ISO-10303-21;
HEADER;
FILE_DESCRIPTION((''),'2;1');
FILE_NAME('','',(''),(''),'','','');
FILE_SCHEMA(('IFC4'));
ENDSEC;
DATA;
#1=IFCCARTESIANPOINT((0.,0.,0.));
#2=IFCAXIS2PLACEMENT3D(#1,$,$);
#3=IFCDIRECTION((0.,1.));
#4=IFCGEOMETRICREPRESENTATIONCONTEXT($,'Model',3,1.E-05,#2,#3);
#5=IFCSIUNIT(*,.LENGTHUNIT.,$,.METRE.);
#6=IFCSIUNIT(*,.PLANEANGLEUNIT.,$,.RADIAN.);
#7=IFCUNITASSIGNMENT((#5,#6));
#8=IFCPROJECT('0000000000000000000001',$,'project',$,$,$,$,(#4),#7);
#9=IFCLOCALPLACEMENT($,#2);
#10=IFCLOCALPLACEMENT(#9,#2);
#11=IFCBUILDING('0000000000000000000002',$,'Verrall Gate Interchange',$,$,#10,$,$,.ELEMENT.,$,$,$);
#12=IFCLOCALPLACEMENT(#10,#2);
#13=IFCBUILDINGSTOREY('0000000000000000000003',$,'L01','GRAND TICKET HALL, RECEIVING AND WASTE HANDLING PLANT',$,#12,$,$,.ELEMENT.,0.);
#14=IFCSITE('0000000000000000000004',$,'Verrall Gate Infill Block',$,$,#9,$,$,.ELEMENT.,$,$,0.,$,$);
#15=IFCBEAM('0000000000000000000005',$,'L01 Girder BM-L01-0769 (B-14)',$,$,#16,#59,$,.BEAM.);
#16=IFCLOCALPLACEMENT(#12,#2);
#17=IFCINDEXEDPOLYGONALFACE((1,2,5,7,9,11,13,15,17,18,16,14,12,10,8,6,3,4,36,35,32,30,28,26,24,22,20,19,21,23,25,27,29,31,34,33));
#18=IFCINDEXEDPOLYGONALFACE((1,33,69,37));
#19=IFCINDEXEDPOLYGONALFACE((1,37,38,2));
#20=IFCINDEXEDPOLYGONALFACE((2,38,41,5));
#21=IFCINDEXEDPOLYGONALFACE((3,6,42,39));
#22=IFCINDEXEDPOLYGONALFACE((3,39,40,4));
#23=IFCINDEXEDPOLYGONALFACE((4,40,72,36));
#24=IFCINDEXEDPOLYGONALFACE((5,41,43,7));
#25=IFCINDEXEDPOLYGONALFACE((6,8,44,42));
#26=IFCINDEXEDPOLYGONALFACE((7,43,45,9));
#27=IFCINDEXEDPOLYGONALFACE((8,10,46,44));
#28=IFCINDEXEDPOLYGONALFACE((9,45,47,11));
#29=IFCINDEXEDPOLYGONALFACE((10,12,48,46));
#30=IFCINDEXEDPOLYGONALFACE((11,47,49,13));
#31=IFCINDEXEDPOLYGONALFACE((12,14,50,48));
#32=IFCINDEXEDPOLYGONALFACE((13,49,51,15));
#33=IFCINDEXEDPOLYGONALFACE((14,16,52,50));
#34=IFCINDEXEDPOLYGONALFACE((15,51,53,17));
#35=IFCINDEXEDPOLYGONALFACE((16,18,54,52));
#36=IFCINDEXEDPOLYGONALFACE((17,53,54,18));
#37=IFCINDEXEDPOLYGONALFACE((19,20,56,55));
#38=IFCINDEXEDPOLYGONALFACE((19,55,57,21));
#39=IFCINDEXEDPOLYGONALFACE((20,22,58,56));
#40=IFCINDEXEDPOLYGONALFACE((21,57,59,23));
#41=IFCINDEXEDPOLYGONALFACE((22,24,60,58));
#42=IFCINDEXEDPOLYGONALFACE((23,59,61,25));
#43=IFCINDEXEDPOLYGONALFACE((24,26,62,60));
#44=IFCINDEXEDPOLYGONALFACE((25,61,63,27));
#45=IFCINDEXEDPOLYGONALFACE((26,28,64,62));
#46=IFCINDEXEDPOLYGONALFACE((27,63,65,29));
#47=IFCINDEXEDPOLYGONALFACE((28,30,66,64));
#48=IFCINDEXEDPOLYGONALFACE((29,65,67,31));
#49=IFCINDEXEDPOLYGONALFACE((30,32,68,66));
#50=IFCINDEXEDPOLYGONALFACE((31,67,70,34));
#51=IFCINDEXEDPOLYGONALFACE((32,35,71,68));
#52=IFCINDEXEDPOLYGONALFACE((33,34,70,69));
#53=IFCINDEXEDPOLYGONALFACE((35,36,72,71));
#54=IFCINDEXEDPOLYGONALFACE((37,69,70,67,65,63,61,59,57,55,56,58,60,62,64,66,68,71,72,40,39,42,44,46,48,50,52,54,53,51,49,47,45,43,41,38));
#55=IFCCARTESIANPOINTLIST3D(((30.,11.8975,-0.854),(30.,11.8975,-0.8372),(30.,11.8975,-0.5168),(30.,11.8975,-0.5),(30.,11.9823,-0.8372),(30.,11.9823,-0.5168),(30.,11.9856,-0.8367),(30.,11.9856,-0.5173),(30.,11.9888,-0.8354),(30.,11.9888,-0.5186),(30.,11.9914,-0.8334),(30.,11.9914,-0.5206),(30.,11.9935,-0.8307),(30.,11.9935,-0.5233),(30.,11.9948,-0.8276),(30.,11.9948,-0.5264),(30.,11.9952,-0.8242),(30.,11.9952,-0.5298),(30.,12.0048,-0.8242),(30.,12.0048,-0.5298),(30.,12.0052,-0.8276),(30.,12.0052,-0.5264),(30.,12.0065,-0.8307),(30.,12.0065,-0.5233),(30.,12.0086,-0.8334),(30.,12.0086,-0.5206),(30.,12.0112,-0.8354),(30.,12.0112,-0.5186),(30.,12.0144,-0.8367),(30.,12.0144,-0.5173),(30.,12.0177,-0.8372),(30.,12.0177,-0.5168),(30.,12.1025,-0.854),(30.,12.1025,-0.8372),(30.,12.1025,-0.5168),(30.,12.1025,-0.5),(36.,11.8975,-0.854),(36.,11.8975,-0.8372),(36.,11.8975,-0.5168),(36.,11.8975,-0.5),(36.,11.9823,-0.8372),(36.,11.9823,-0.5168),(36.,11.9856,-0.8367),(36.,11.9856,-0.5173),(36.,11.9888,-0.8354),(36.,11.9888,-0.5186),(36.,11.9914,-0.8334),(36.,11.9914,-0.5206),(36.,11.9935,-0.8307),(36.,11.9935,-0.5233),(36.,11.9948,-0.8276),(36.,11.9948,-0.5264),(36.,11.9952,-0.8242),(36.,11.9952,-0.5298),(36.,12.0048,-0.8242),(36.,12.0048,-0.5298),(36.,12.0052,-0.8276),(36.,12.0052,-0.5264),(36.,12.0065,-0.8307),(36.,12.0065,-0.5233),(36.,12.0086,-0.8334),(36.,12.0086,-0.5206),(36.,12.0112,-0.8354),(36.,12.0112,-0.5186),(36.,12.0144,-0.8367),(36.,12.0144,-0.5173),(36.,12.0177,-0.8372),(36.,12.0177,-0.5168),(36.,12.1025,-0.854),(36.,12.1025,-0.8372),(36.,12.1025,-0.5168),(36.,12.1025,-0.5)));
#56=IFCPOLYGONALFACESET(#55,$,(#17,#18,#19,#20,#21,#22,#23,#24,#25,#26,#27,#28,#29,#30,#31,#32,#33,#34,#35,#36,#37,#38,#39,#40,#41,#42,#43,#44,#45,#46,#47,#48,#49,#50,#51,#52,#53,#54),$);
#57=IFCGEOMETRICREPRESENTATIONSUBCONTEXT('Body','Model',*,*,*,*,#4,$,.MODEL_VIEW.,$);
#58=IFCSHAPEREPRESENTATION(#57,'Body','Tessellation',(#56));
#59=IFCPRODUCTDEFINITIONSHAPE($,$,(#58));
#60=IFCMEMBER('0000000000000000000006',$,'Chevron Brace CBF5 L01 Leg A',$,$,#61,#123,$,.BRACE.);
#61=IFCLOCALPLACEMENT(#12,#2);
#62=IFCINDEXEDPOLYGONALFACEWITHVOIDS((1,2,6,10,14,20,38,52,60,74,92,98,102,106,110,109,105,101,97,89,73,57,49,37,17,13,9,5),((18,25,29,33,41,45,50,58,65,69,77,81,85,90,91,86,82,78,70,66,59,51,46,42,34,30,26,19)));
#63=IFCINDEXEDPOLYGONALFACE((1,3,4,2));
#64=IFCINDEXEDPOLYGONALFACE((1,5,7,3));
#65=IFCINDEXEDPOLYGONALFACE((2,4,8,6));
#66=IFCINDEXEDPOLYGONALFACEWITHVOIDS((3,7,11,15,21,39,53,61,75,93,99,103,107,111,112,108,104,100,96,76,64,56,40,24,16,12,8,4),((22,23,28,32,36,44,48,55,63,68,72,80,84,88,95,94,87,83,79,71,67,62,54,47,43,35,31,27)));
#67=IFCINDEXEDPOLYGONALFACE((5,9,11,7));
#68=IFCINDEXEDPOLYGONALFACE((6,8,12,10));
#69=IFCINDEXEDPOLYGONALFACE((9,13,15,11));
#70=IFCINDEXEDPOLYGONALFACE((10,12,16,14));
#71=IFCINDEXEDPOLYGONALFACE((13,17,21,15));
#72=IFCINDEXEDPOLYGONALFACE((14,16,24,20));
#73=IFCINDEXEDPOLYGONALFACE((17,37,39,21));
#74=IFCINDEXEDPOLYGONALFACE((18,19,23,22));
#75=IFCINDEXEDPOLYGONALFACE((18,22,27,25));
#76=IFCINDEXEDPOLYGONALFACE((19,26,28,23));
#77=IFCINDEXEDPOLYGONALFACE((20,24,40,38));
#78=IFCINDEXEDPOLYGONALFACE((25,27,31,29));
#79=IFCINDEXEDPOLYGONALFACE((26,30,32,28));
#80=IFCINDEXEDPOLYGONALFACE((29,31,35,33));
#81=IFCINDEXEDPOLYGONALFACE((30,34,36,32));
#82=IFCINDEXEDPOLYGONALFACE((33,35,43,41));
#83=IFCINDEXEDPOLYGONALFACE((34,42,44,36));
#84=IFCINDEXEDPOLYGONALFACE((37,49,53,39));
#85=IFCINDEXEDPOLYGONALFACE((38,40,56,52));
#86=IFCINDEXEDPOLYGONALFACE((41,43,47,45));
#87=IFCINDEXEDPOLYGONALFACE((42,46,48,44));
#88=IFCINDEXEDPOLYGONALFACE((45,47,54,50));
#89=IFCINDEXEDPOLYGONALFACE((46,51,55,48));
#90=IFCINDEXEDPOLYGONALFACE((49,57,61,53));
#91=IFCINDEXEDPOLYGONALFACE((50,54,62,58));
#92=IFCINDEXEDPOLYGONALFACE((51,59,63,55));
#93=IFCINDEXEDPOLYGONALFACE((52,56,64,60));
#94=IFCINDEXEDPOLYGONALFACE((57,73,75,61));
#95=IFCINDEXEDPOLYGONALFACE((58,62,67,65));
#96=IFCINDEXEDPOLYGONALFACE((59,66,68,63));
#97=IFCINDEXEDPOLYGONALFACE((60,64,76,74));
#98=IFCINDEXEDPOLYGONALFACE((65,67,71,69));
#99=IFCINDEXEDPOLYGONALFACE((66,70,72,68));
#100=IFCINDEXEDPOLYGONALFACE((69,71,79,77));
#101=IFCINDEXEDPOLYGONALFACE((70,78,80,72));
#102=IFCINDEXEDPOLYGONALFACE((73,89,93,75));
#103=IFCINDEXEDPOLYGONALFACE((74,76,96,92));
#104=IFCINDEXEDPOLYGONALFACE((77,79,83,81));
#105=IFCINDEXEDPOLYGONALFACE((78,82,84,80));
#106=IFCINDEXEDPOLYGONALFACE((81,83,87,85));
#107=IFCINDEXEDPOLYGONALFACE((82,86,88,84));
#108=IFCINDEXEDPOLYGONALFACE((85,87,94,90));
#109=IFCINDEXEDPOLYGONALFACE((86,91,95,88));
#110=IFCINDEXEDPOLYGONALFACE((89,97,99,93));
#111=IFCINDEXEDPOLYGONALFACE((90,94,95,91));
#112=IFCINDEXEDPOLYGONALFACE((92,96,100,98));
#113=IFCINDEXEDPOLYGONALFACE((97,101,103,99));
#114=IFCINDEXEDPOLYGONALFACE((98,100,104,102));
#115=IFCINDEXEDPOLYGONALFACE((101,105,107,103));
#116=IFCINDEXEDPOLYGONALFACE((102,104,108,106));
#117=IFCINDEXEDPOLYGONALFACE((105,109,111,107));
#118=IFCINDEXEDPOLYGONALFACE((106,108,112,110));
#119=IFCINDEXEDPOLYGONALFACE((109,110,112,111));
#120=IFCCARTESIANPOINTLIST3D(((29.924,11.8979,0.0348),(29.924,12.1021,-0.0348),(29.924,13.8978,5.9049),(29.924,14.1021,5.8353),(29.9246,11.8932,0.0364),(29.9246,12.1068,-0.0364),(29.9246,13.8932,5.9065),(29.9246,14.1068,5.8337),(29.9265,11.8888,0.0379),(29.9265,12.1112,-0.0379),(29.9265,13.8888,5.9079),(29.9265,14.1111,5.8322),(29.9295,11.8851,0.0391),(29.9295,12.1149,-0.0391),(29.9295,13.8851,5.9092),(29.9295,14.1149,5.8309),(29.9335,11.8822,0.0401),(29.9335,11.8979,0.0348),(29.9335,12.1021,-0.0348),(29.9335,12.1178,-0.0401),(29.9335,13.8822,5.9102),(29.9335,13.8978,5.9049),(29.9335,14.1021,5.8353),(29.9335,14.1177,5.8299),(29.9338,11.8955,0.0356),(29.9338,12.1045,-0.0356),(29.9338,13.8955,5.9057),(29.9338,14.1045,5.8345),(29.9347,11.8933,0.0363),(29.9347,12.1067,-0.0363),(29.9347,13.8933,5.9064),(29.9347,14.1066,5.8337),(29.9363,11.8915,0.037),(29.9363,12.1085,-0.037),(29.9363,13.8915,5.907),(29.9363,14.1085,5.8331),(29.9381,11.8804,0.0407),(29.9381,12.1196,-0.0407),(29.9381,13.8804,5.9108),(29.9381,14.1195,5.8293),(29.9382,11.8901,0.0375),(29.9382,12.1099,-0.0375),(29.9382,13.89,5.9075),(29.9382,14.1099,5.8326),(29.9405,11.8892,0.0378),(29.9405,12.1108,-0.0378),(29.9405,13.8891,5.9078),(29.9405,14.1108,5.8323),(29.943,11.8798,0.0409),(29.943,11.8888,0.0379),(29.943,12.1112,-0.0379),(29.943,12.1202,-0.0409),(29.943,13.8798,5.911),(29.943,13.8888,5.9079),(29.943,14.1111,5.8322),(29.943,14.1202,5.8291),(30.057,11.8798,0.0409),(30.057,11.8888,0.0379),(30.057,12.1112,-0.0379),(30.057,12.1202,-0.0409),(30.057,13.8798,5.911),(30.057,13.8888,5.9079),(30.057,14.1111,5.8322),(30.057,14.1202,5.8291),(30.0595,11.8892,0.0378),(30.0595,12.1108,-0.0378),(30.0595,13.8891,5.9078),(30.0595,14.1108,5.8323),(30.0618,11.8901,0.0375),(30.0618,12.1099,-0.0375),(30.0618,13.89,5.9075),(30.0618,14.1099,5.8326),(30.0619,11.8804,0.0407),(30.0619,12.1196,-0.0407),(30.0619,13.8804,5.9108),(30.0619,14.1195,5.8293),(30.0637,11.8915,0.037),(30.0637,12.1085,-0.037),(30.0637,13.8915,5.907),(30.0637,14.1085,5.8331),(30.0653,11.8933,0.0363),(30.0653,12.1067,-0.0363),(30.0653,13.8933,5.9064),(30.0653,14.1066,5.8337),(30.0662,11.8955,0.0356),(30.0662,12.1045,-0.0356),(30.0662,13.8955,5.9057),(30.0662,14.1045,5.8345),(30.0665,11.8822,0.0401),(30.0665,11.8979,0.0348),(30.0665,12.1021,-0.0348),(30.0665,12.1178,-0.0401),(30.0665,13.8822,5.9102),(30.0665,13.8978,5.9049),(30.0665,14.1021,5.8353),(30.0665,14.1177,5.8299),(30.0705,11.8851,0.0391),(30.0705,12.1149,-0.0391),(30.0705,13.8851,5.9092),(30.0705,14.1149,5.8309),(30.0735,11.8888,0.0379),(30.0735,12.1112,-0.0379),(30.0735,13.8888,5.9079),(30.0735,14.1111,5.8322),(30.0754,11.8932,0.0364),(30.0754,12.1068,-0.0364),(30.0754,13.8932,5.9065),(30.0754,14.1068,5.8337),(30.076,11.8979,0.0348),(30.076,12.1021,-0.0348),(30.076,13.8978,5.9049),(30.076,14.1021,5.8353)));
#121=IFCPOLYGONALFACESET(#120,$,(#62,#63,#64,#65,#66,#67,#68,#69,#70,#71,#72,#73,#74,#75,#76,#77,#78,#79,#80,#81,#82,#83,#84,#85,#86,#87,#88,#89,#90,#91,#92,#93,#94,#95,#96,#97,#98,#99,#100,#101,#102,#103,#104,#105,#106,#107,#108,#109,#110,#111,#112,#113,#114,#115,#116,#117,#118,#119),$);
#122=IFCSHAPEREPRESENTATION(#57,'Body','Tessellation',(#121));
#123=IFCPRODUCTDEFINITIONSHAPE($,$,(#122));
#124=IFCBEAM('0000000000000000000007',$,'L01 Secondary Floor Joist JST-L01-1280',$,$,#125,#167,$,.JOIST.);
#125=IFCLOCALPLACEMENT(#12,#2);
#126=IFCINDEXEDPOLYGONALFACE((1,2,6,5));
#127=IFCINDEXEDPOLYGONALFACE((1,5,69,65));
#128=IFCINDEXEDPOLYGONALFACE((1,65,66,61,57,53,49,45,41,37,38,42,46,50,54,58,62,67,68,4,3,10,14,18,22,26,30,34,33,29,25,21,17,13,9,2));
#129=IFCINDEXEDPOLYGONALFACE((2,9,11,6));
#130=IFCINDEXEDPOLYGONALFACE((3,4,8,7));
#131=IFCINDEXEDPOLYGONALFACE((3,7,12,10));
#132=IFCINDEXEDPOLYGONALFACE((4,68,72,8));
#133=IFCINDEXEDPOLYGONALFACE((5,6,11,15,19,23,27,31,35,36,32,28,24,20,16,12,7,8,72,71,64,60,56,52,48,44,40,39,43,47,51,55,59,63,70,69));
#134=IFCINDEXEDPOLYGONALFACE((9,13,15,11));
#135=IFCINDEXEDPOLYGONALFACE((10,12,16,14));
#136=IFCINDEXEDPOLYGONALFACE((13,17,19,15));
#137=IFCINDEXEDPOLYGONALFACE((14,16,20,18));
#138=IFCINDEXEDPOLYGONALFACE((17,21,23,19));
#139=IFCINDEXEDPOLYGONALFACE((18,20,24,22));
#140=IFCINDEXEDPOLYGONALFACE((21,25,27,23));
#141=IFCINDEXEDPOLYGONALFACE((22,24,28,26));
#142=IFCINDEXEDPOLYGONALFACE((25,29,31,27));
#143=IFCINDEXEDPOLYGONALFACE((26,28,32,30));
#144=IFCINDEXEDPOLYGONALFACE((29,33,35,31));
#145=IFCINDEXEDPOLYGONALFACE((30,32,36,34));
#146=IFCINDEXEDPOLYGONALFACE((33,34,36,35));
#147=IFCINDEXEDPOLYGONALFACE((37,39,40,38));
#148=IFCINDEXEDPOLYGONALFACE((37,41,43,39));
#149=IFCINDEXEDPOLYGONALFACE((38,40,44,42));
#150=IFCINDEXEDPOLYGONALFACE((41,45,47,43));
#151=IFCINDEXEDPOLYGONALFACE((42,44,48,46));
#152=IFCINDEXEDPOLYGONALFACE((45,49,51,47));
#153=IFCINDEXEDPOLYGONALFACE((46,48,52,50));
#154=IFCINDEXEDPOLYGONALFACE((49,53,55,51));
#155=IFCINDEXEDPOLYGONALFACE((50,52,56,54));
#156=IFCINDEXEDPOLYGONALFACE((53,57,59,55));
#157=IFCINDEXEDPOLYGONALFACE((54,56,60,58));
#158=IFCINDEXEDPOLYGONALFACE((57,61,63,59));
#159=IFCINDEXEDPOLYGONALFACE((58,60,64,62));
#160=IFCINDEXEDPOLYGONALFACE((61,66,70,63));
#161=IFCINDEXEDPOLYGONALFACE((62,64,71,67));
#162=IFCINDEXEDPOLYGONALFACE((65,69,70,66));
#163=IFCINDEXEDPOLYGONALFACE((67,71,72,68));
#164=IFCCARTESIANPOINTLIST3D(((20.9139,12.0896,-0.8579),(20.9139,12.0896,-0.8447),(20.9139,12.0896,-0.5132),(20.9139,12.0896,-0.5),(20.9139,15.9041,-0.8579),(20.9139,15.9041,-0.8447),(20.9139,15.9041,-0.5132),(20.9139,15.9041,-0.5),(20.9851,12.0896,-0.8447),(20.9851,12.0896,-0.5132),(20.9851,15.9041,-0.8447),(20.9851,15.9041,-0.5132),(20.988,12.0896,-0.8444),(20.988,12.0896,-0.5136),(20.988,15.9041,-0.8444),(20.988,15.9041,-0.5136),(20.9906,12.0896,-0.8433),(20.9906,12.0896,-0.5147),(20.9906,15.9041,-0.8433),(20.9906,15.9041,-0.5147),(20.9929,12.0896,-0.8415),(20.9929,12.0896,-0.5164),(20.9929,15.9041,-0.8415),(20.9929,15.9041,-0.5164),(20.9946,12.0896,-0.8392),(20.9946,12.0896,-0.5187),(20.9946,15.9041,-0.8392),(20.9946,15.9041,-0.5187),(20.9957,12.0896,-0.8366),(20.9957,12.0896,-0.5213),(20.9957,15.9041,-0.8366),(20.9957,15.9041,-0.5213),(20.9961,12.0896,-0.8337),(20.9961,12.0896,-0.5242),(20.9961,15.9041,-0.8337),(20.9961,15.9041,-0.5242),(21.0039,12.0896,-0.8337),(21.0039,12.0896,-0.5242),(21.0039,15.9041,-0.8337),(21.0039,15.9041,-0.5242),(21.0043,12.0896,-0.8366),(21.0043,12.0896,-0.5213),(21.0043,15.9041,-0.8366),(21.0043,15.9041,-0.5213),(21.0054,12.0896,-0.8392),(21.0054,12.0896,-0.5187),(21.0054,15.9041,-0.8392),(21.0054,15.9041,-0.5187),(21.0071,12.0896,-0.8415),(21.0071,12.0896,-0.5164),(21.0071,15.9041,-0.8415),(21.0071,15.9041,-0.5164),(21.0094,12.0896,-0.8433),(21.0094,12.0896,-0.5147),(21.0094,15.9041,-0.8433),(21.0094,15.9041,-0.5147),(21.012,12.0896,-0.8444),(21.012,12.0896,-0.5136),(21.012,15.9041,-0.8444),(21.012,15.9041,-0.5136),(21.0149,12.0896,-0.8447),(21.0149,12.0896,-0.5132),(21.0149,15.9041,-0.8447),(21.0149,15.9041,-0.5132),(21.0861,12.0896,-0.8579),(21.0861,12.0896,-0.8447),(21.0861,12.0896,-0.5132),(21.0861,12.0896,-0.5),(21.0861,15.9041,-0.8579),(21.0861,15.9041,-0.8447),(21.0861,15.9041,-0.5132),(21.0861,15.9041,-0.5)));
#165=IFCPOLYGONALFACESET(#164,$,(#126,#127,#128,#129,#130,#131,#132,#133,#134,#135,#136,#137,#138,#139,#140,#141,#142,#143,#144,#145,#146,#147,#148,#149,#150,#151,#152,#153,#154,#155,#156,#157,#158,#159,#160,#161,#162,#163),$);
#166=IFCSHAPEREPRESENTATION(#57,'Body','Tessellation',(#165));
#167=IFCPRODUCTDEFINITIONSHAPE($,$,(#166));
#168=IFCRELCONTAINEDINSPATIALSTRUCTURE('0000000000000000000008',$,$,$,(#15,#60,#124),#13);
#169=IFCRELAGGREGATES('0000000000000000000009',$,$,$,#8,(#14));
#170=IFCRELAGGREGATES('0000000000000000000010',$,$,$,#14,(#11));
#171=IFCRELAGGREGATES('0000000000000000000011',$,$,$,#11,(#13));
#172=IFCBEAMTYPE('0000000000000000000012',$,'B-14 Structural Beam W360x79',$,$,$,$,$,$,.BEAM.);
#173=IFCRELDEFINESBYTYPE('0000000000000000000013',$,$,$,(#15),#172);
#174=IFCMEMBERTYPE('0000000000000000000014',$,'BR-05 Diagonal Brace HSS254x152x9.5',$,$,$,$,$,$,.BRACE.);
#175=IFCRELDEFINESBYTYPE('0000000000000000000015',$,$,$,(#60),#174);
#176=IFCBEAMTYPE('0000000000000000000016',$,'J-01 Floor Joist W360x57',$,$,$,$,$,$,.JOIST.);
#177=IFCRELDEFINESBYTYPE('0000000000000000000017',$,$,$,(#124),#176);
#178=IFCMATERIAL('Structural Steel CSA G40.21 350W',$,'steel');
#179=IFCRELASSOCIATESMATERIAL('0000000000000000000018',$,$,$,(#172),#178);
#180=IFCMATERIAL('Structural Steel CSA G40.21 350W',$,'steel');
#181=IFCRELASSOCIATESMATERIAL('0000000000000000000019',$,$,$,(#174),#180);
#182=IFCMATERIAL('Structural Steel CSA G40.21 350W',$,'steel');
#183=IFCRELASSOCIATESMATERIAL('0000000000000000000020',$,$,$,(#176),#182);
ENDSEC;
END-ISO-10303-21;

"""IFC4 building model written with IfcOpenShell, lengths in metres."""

from ifc_helpers import new_model, si_unit, direction, frame, origin, origin_2d, place, context, subcontext, project, spatial, hollow_rectangle, i_section, extrude, material, material_profile, profile_set, type_object, element, save


model = new_model("IFC4")

# Units and contexts
model_context = context("Model", 3, precision=1e-05, world=origin(), true_north=direction((0.0, 1.0)))
body_context = subcontext(model_context, "Body", "Model", "MODEL_VIEW")
ifc_project = project(units=[si_unit("LENGTHUNIT", "METRE"), si_unit("PLANEANGLEUNIT", "RADIAN")], contexts=[model_context])

# Site, building, storey
site_placement = place(None, origin())
site = spatial("IfcSite", under=ifc_project, at=site_placement, Name="Verrall Gate Infill Block", CompositionType="ELEMENT", RefElevation=0.0)
building_placement = place(site_placement, origin())
building = spatial("IfcBuilding", under=site, at=building_placement, Name="Verrall Gate Interchange", CompositionType="ELEMENT")
storey_placement = place(building_placement, origin())
storey = spatial("IfcBuildingStorey", under=building, at=storey_placement, Name="L01", Description="GRAND TICKET HALL, RECEIVING AND WASTE HANDLING PLANT", CompositionType="ELEMENT", Elevation=0.0)

# Beam
ifc_material_1 = material(Name="Structural Steel CSA G40.21 350W", Category="steel")
ifc_material_profile_1 = material_profile(ifc_material_1, i_section(OverallWidth=0.2051, OverallDepth=0.354, WebThickness=0.0095, FlangeThickness=0.0168, FilletRadius=0.0129, at=origin_2d()), Name="W360x79")
ifc_profile_set_1 = profile_set([ifc_material_profile_1], Name="Structural Steel CSA G40.21 350W")
beam_type_1 = type_object("IfcBeamType", Name="B-14 Structural Beam W360x79", PredefinedType="BEAM", material=ifc_profile_set_1)
beam_1_placement = place(storey_placement, frame((30.0, 12.0, -0.677), z_axis=(1.0, 0.0, 0.0), x_axis=(0.0, 1.0, 0.0)))
element("IfcBeam", 1, at=beam_1_placement, inside=storey, type_object=beam_type_1, Name="L01 Girder BM-L01-0769 (B-14)", PredefinedType="BEAM", context=body_context, shape_type="SweptSolid", body=[
    extrude(i_section(OverallWidth=0.2051, OverallDepth=0.354, WebThickness=0.0095, FlangeThickness=0.0168, FilletRadius=0.0129, at=origin_2d()), origin(), (0.0, 0.0, 1.0), 6.0),
])

# Member
ifc_material_2 = material(Name="Structural Steel CSA G40.21 350W", Category="steel")
ifc_material_profile_2 = material_profile(ifc_material_2, hollow_rectangle(XDim=0.1521, YDim=0.2539, WallThickness=0.0095, InnerFilletRadius=0.0095, OuterFilletRadius=0.019, at=origin_2d()), Name="HSS254x152x9.5")
ifc_profile_set_2 = profile_set([ifc_material_profile_2], Name="Structural Steel CSA G40.21 350W")
member_type = type_object("IfcMemberType", Name="BR-05 Diagonal Brace HSS254x152x9.5", PredefinedType="BRACE", material=ifc_profile_set_2)
member_placement = place(storey_placement, frame((30.0, 12.0, 0.0), z_axis=(0.0, 0.322504, 0.946568), x_axis=(-1.0, 0.0, 0.0)))
element("IfcMember", 2, at=member_placement, inside=storey, type_object=member_type, Name="Chevron Brace CBF5 L01 Leg A", PredefinedType="BRACE", context=body_context, shape_type="SweptSolid", body=[
    extrude(hollow_rectangle(XDim=0.1521, YDim=0.2539, WallThickness=0.0095, InnerFilletRadius=0.0095, OuterFilletRadius=0.019, at=origin_2d()), origin(), (0.0, 0.0, 1.0), 6.2014),
])

# Beam
ifc_material_3 = material(Name="Structural Steel CSA G40.21 350W", Category="steel")
ifc_material_profile_3 = material_profile(ifc_material_3, i_section(OverallWidth=0.1721, OverallDepth=0.3579, WebThickness=0.0078, FlangeThickness=0.0132, FilletRadius=0.011, at=origin_2d()), Name="W360x57")
ifc_profile_set_3 = profile_set([ifc_material_profile_3], Name="Structural Steel CSA G40.21 350W")
beam_type_2 = type_object("IfcBeamType", Name="J-01 Floor Joist W360x57", PredefinedType="JOIST", material=ifc_profile_set_3)
beam_2_placement = place(storey_placement, frame((21.0, 12.0896, -0.679), z_axis=(0.0, 1.0, 0.0), x_axis=(-1.0, 0.0, 0.0)))
element("IfcBeam", 3, at=beam_2_placement, inside=storey, type_object=beam_type_2, Name="L01 Secondary Floor Joist JST-L01-1280", PredefinedType="JOIST", context=body_context, shape_type="SweptSolid", body=[
    extrude(i_section(OverallWidth=0.1721, OverallDepth=0.3579, WebThickness=0.0078, FlangeThickness=0.0132, FilletRadius=0.011, at=origin_2d()), origin(), (0.0, 0.0, 1.0), 3.8145),
])

save(model, "model.ifc")
